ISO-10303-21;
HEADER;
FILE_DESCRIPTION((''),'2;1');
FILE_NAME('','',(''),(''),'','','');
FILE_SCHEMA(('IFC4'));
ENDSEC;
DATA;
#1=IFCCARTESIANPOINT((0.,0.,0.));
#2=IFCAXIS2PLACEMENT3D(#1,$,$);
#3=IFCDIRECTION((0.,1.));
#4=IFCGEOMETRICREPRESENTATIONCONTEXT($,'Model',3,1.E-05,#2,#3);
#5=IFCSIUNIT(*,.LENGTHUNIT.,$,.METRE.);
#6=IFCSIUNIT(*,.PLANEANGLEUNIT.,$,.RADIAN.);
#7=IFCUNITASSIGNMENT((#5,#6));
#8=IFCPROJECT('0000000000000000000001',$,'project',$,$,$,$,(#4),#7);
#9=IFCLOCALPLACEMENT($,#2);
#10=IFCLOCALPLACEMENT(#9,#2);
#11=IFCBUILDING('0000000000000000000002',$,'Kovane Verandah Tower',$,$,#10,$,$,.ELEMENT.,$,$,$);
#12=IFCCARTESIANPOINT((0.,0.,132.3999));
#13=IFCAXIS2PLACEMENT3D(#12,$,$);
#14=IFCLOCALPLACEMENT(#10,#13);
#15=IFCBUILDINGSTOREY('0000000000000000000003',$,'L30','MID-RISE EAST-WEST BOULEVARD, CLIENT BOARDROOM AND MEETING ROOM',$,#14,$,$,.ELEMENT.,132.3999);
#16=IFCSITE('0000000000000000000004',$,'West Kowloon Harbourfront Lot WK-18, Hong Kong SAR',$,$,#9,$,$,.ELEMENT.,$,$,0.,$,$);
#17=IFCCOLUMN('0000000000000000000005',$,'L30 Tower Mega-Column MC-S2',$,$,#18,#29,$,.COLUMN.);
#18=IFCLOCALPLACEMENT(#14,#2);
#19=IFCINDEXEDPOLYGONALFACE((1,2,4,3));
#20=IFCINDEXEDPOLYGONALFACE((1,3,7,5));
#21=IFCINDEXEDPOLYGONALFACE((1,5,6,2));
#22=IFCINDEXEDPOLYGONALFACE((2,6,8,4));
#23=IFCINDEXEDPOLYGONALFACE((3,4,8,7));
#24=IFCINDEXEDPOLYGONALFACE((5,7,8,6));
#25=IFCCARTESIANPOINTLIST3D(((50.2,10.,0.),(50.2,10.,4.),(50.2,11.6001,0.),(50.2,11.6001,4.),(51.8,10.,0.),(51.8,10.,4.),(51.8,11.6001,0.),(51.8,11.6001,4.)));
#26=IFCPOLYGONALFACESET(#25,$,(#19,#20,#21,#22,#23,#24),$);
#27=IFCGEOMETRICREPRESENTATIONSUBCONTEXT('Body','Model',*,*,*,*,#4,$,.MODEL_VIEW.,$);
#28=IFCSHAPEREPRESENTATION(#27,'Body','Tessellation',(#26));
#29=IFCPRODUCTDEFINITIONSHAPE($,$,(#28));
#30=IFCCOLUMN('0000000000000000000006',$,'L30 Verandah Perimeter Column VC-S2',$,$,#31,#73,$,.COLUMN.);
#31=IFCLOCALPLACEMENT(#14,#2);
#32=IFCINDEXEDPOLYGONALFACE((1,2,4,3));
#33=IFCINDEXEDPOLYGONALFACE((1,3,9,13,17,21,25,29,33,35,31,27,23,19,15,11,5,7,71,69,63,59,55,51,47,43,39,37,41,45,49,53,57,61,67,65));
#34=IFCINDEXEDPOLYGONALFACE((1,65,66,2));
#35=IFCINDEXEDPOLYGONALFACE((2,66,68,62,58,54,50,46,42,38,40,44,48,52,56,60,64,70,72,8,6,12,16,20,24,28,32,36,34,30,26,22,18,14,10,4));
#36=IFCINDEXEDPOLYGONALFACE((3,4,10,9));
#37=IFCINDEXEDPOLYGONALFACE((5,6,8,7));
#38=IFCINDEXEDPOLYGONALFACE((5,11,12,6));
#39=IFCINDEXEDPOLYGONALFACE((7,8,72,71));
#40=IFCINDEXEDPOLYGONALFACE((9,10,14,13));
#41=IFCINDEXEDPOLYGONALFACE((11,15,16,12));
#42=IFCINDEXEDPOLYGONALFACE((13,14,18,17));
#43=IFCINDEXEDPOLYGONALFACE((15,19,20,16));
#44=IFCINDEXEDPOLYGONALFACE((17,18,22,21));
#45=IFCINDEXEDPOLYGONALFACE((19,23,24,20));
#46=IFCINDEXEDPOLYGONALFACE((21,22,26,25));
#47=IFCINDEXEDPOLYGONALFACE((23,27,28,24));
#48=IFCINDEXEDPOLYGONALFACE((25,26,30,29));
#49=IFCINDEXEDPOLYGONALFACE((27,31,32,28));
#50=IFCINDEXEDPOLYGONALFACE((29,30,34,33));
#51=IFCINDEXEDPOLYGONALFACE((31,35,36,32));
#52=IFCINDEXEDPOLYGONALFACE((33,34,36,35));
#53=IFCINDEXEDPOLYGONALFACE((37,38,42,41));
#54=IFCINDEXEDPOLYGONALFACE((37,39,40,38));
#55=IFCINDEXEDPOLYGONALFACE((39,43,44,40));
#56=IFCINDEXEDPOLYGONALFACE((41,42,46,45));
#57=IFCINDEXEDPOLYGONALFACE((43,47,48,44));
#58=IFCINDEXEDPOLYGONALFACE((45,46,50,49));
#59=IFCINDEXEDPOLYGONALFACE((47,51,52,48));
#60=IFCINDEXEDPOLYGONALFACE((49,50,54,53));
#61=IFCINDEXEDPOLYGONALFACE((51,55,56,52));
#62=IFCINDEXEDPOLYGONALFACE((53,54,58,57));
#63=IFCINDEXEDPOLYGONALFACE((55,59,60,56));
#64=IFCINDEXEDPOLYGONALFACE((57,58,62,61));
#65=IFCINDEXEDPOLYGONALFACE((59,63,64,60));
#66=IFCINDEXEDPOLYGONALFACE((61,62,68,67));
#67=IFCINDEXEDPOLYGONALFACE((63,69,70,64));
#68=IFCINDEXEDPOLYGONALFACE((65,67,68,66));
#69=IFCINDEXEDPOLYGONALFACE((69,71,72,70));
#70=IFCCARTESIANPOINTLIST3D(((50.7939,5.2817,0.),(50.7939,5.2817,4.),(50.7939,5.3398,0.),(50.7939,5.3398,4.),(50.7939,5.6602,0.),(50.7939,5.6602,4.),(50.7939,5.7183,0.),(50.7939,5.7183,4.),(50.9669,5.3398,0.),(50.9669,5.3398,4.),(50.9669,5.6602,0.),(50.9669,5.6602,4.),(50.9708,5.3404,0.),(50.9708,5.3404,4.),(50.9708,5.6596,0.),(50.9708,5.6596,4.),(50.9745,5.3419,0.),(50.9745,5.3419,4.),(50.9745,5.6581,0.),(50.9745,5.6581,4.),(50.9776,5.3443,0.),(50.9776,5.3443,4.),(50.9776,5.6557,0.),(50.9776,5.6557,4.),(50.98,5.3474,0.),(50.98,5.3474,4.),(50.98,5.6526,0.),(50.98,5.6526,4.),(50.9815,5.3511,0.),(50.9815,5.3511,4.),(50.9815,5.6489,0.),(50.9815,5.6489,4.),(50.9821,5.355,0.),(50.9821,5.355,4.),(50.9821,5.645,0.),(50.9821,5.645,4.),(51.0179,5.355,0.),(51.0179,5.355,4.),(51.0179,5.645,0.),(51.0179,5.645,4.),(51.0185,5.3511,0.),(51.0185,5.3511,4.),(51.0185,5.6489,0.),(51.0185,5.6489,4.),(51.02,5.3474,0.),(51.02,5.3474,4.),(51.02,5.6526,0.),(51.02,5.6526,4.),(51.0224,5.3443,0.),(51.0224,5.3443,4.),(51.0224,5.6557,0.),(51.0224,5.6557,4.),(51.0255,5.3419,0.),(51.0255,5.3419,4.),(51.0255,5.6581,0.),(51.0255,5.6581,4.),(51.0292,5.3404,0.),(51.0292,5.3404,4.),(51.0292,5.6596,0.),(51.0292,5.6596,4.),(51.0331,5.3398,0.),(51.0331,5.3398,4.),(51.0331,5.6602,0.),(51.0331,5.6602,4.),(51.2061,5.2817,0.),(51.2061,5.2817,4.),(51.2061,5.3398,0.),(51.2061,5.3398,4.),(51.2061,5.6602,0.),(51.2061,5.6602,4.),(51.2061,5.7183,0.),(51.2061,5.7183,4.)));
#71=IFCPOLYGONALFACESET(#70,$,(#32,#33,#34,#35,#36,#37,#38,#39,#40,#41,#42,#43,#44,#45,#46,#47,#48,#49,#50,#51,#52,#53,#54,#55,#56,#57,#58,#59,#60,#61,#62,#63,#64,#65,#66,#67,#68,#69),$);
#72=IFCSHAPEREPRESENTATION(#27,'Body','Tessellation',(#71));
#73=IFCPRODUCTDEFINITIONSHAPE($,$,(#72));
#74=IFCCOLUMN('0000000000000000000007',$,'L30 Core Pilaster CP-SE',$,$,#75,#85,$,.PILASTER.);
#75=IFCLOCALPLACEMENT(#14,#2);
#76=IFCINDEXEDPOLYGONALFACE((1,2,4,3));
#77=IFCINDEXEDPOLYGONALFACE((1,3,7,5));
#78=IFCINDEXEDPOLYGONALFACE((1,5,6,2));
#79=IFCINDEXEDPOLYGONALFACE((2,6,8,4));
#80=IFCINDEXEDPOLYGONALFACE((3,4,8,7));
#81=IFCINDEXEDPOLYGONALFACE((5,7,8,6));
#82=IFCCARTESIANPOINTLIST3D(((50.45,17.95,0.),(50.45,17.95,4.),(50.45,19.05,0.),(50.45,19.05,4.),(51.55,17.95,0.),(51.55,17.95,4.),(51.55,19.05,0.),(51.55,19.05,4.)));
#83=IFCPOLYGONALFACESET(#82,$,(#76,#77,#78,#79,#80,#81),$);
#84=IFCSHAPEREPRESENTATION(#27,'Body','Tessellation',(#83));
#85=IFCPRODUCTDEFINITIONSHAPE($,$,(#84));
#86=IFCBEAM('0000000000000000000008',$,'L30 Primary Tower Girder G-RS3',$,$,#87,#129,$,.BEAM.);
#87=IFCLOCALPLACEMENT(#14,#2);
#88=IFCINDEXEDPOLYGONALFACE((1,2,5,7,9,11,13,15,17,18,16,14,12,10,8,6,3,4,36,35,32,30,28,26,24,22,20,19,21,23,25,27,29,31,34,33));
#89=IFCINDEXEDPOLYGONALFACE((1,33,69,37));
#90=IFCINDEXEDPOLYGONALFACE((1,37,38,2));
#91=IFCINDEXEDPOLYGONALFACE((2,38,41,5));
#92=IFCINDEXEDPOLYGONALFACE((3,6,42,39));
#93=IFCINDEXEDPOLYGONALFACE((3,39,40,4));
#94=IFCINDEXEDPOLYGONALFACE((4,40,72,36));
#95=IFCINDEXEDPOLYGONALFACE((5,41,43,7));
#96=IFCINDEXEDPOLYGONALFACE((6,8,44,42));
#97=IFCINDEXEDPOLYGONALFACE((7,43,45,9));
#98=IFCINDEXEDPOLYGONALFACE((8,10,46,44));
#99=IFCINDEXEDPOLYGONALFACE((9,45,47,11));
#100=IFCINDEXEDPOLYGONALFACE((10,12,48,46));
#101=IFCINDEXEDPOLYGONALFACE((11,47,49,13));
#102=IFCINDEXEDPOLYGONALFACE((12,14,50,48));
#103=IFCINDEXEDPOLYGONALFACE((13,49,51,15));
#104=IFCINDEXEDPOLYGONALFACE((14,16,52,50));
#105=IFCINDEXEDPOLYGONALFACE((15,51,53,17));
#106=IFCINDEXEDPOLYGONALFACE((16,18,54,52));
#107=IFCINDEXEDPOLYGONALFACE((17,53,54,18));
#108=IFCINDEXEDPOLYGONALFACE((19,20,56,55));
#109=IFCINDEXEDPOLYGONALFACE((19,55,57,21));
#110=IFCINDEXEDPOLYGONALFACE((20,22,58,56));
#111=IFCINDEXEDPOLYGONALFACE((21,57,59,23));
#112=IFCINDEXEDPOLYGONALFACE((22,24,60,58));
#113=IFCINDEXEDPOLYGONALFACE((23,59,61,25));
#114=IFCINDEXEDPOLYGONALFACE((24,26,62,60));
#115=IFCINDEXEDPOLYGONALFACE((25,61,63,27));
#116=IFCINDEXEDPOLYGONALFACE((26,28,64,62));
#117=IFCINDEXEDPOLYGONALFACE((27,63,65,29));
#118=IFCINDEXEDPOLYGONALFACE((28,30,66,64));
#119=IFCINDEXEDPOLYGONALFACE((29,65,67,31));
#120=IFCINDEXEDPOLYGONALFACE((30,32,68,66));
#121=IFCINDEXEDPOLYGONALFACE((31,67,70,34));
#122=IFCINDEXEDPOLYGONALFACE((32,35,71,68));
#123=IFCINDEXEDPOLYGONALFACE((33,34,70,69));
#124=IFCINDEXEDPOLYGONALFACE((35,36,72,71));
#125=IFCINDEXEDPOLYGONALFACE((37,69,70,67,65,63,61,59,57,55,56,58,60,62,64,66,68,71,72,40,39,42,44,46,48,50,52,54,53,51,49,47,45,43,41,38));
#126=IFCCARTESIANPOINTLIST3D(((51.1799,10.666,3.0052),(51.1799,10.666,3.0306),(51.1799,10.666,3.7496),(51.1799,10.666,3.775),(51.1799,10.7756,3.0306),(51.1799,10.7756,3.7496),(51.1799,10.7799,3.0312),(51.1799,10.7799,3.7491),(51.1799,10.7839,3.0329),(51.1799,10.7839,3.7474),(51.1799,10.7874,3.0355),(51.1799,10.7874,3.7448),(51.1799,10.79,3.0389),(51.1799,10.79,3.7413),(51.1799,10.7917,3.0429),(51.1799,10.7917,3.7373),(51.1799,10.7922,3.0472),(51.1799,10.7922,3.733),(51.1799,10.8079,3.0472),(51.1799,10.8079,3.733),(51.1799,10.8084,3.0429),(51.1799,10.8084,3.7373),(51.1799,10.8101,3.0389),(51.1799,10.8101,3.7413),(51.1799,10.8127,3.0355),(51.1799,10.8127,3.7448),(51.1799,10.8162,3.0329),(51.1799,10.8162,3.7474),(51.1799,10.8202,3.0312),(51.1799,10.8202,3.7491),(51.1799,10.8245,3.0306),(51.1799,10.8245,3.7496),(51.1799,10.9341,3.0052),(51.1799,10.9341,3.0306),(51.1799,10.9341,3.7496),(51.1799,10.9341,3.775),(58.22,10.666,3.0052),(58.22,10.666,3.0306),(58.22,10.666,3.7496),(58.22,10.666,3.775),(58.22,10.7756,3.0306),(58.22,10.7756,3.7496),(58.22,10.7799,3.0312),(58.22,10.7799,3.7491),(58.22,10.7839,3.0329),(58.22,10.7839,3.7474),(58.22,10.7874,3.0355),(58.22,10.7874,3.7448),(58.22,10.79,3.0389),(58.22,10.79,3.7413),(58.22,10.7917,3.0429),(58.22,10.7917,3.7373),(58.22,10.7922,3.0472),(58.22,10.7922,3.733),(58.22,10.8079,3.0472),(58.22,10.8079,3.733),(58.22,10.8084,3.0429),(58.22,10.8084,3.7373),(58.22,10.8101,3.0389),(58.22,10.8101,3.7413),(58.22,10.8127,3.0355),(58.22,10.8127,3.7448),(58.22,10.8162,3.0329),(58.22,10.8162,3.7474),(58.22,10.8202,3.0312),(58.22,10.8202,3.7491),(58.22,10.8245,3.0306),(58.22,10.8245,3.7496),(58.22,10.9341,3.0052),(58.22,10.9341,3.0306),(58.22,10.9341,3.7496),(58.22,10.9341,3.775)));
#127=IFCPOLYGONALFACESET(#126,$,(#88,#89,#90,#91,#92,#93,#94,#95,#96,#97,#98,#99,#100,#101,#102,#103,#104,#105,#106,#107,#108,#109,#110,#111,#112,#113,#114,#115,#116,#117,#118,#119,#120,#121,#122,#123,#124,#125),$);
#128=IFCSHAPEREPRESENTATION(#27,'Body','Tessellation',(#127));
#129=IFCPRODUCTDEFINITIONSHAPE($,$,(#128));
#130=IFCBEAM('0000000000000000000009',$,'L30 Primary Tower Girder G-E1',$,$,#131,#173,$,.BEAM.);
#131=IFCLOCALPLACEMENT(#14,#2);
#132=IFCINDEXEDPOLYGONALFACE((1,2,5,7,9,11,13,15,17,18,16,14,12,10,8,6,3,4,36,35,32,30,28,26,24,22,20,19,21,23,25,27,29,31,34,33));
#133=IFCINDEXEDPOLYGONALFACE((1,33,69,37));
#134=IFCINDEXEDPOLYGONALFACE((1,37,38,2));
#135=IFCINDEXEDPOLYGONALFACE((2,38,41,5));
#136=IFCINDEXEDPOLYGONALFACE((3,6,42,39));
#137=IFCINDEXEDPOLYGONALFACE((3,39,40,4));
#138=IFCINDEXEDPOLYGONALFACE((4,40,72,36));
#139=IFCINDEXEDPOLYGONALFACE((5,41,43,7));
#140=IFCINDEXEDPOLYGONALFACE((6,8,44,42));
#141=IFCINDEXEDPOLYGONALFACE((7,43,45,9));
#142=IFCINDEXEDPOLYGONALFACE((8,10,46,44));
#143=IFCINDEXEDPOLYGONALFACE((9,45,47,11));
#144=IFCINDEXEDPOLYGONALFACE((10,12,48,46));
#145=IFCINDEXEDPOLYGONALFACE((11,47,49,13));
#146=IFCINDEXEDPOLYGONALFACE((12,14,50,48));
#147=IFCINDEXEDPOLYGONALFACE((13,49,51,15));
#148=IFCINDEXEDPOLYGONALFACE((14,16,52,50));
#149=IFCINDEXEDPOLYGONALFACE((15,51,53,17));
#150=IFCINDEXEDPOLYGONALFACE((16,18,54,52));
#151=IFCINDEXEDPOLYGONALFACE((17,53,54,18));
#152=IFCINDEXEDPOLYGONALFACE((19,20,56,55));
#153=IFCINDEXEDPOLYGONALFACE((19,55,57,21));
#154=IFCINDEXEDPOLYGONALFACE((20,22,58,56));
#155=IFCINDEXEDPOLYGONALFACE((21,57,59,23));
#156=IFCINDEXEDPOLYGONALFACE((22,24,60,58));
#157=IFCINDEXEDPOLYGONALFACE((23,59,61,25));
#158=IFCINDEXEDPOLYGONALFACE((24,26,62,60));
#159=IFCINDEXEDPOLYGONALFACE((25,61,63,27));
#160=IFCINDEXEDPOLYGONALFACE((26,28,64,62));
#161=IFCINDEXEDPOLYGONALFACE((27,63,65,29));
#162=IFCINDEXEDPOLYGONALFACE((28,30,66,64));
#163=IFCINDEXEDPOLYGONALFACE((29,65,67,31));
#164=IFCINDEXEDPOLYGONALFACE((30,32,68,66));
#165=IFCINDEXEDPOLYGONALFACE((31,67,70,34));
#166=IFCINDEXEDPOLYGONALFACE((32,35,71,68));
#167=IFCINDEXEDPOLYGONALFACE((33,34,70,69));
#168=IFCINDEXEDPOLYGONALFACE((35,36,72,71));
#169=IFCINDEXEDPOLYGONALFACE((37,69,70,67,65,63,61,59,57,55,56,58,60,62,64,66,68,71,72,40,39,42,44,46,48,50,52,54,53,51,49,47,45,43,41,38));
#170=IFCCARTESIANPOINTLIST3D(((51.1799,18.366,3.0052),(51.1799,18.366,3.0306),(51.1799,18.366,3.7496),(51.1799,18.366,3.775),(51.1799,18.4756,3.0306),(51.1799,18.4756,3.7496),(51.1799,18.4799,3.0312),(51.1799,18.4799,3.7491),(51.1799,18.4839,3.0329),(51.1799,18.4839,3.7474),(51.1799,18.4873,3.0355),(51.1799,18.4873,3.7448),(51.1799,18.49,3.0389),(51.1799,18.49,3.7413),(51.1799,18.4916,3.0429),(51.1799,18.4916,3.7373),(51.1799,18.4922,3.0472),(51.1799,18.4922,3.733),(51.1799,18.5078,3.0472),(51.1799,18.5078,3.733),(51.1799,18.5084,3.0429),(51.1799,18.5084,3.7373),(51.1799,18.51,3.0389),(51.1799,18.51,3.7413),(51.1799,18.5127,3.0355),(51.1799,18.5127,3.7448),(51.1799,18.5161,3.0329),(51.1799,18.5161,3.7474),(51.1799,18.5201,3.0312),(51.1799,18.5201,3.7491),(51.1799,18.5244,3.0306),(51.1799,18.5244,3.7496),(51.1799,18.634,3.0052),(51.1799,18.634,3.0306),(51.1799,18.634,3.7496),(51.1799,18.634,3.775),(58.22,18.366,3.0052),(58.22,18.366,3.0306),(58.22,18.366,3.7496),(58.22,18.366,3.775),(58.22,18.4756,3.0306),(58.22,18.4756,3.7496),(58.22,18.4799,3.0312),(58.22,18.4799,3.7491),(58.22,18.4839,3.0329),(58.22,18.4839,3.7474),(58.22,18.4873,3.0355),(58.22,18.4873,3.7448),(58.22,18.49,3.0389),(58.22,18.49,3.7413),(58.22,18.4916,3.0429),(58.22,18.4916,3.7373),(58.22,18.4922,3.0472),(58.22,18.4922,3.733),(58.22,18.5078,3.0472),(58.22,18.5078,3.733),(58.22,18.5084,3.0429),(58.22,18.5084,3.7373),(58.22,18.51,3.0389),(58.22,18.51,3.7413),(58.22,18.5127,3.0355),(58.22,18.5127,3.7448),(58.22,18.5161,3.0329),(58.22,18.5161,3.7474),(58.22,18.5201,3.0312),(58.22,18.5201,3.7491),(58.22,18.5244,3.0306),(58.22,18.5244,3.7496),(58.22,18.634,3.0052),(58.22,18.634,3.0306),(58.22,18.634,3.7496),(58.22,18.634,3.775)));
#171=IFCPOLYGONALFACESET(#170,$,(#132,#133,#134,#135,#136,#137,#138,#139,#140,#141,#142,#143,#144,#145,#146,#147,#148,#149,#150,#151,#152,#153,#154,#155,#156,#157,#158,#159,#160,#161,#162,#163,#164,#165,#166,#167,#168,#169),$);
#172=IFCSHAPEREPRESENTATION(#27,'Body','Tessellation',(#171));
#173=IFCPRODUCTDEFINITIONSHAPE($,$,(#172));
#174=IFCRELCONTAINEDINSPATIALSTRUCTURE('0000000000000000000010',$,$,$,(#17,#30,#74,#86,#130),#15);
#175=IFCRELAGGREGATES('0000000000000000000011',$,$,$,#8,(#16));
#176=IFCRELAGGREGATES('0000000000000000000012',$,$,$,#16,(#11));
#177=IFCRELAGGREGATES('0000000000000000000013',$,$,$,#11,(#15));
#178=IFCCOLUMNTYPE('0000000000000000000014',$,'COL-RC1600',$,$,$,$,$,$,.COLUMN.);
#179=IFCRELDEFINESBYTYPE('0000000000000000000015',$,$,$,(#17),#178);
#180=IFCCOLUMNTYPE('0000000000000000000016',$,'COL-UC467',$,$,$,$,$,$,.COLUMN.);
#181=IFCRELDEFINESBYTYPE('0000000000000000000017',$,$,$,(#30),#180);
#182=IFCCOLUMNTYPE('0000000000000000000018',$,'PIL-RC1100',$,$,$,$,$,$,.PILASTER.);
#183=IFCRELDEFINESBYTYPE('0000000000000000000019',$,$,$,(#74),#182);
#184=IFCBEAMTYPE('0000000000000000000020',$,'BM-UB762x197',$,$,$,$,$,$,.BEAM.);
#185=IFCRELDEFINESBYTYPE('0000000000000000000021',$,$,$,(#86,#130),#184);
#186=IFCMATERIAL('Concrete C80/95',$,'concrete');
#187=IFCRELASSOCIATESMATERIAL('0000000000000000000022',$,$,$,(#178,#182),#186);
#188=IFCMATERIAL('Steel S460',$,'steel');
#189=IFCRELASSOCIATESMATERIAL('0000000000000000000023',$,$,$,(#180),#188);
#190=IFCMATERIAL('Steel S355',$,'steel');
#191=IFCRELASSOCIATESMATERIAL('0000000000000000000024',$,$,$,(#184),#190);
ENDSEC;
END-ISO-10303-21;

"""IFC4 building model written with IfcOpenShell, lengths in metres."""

from ifc_helpers import new_model, si_unit, direction, frame, origin, origin_2d, place, context, subcontext, project, spatial, rectangle, i_section, extrude, material, material_profile, profile_set, type_object, element, save


model = new_model("IFC4")

# Units and contexts
model_context = context("Model", 3, precision=1e-05, world=origin(), true_north=direction((0.0, 1.0)))
body_context = subcontext(model_context, "Body", "Model", "MODEL_VIEW")
ifc_project = project(units=[si_unit("LENGTHUNIT", "METRE"), si_unit("PLANEANGLEUNIT", "RADIAN")], contexts=[model_context])

# Site, building, storey
site_placement = place(None, origin())
site = spatial("IfcSite", under=ifc_project, at=site_placement, Name="West Kowloon Harbourfront Lot WK-18, Hong Kong SAR", CompositionType="ELEMENT", RefElevation=0.0)
building_placement = place(site_placement, origin())
building = spatial("IfcBuilding", under=site, at=building_placement, Name="Kovane Verandah Tower", CompositionType="ELEMENT")
storey_placement = place(building_placement, frame((0.0, 0.0, 132.3999)))
storey = spatial("IfcBuildingStorey", under=building, at=storey_placement, Name="L30", Description="MID-RISE EAST-WEST BOULEVARD, CLIENT BOARDROOM AND MEETING ROOM", CompositionType="ELEMENT", Elevation=132.3999)

# Columns
ifc_material_1 = material(Name="Concrete C80/95", Category="concrete")
ifc_material_profile_1 = material_profile(ifc_material_1, rectangle(XDim=1.6001, YDim=1.6001, at=origin_2d()), Name="RC1600x1600")
ifc_profile_set_1 = profile_set([ifc_material_profile_1], Name="Concrete C80/95")
column_type_1 = type_object("IfcColumnType", Name="COL-RC1600", PredefinedType="COLUMN", material=ifc_profile_set_1)
column_1_placement = place(storey_placement, frame((51.0, 10.8, 0.0), z_axis=(0.0, 0.0, 1.0), x_axis=(1.0, 0.0, 0.0)))
element("IfcColumn", 1, at=column_1_placement, inside=storey, type_object=column_type_1, Name="L30 Tower Mega-Column MC-S2", PredefinedType="COLUMN", context=body_context, shape_type="SweptSolid", body=[
    extrude(rectangle(XDim=1.6001, YDim=1.6001, at=origin_2d()), origin(), (0.0, 0.0, 1.0), 4.0),
])
ifc_material_2 = material(Name="Steel S460", Category="steel")
ifc_material_profile_2 = material_profile(ifc_material_2, i_section(OverallWidth=0.4121, OverallDepth=0.4365, WebThickness=0.0359, FlangeThickness=0.0581, FilletRadius=0.0151, at=origin_2d()), Name="UC356x406x467")
ifc_profile_set_2 = profile_set([ifc_material_profile_2], Name="Steel S460")
column_type_2 = type_object("IfcColumnType", Name="COL-UC467", PredefinedType="COLUMN", material=ifc_profile_set_2)
column_2_placement = place(storey_placement, frame((51.0, 5.5, 0.0), z_axis=(0.0, 0.0, 1.0), x_axis=(1.0, 0.0, 0.0)))
element("IfcColumn", 2, at=column_2_placement, inside=storey, type_object=column_type_2, Name="L30 Verandah Perimeter Column VC-S2", PredefinedType="COLUMN", context=body_context, shape_type="SweptSolid", body=[
    extrude(i_section(OverallWidth=0.4121, OverallDepth=0.4365, WebThickness=0.0359, FlangeThickness=0.0581, FilletRadius=0.0151, at=origin_2d()), origin(), (0.0, 0.0, 1.0), 4.0),
])
ifc_material_profile_3 = material_profile(ifc_material_1, rectangle(XDim=1.1001, YDim=1.1001, at=origin_2d()), Name="RC1100x1100")
ifc_profile_set_3 = profile_set([ifc_material_profile_3], Name="Concrete C80/95")
column_type_3 = type_object("IfcColumnType", Name="PIL-RC1100", PredefinedType="PILASTER", material=ifc_profile_set_3)
column_3_placement = place(storey_placement, frame((51.0, 18.5, 0.0), z_axis=(0.0, 0.0, 1.0), x_axis=(1.0, 0.0, 0.0)))
element("IfcColumn", 3, at=column_3_placement, inside=storey, type_object=column_type_3, Name="L30 Core Pilaster CP-SE", PredefinedType="PILASTER", context=body_context, shape_type="SweptSolid", body=[
    extrude(rectangle(XDim=1.1001, YDim=1.1001, at=origin_2d()), origin(), (0.0, 0.0, 1.0), 4.0),
])

# Beams
ifc_material_3 = material(Name="Steel S355", Category="steel")
ifc_material_profile_4 = material_profile(ifc_material_3, i_section(OverallWidth=0.2681, OverallDepth=0.7698, WebThickness=0.0156, FlangeThickness=0.0254, FilletRadius=0.0166, at=origin_2d()), Name="UB762x267x197")
ifc_profile_set_4 = profile_set([ifc_material_profile_4], Name="Steel S355")
beam_type_1 = type_object("IfcBeamType", Name="BM-UB762x197", PredefinedType="BEAM", material=ifc_profile_set_4)
for number, where, z_axis, x_axis, name in (
    (4, (51.1799, 10.8, 3.3901), (1.0, 0.0, 0.0), (0.0, 1.0, 0.0), "L30 Primary Tower Girder G-RS3"),
    (5, (51.1799, 18.5, 3.3901), (1.0, 0.0, 0.0), (0.0, 1.0, 0.0), "L30 Primary Tower Girder G-E1"),
):
    element("IfcBeam", number, at=place(storey_placement, frame(where, z_axis=z_axis, x_axis=x_axis)), inside=storey, type_object=beam_type_1, Name=name, PredefinedType="BEAM", context=body_context, shape_type="SweptSolid", body=[
        extrude(i_section(OverallWidth=0.2681, OverallDepth=0.7698, WebThickness=0.0156, FlangeThickness=0.0254, FilletRadius=0.0166, at=origin_2d()), origin(), (0.0, 0.0, 1.0), 7.04),
    ])

save(model, "model.ifc")
